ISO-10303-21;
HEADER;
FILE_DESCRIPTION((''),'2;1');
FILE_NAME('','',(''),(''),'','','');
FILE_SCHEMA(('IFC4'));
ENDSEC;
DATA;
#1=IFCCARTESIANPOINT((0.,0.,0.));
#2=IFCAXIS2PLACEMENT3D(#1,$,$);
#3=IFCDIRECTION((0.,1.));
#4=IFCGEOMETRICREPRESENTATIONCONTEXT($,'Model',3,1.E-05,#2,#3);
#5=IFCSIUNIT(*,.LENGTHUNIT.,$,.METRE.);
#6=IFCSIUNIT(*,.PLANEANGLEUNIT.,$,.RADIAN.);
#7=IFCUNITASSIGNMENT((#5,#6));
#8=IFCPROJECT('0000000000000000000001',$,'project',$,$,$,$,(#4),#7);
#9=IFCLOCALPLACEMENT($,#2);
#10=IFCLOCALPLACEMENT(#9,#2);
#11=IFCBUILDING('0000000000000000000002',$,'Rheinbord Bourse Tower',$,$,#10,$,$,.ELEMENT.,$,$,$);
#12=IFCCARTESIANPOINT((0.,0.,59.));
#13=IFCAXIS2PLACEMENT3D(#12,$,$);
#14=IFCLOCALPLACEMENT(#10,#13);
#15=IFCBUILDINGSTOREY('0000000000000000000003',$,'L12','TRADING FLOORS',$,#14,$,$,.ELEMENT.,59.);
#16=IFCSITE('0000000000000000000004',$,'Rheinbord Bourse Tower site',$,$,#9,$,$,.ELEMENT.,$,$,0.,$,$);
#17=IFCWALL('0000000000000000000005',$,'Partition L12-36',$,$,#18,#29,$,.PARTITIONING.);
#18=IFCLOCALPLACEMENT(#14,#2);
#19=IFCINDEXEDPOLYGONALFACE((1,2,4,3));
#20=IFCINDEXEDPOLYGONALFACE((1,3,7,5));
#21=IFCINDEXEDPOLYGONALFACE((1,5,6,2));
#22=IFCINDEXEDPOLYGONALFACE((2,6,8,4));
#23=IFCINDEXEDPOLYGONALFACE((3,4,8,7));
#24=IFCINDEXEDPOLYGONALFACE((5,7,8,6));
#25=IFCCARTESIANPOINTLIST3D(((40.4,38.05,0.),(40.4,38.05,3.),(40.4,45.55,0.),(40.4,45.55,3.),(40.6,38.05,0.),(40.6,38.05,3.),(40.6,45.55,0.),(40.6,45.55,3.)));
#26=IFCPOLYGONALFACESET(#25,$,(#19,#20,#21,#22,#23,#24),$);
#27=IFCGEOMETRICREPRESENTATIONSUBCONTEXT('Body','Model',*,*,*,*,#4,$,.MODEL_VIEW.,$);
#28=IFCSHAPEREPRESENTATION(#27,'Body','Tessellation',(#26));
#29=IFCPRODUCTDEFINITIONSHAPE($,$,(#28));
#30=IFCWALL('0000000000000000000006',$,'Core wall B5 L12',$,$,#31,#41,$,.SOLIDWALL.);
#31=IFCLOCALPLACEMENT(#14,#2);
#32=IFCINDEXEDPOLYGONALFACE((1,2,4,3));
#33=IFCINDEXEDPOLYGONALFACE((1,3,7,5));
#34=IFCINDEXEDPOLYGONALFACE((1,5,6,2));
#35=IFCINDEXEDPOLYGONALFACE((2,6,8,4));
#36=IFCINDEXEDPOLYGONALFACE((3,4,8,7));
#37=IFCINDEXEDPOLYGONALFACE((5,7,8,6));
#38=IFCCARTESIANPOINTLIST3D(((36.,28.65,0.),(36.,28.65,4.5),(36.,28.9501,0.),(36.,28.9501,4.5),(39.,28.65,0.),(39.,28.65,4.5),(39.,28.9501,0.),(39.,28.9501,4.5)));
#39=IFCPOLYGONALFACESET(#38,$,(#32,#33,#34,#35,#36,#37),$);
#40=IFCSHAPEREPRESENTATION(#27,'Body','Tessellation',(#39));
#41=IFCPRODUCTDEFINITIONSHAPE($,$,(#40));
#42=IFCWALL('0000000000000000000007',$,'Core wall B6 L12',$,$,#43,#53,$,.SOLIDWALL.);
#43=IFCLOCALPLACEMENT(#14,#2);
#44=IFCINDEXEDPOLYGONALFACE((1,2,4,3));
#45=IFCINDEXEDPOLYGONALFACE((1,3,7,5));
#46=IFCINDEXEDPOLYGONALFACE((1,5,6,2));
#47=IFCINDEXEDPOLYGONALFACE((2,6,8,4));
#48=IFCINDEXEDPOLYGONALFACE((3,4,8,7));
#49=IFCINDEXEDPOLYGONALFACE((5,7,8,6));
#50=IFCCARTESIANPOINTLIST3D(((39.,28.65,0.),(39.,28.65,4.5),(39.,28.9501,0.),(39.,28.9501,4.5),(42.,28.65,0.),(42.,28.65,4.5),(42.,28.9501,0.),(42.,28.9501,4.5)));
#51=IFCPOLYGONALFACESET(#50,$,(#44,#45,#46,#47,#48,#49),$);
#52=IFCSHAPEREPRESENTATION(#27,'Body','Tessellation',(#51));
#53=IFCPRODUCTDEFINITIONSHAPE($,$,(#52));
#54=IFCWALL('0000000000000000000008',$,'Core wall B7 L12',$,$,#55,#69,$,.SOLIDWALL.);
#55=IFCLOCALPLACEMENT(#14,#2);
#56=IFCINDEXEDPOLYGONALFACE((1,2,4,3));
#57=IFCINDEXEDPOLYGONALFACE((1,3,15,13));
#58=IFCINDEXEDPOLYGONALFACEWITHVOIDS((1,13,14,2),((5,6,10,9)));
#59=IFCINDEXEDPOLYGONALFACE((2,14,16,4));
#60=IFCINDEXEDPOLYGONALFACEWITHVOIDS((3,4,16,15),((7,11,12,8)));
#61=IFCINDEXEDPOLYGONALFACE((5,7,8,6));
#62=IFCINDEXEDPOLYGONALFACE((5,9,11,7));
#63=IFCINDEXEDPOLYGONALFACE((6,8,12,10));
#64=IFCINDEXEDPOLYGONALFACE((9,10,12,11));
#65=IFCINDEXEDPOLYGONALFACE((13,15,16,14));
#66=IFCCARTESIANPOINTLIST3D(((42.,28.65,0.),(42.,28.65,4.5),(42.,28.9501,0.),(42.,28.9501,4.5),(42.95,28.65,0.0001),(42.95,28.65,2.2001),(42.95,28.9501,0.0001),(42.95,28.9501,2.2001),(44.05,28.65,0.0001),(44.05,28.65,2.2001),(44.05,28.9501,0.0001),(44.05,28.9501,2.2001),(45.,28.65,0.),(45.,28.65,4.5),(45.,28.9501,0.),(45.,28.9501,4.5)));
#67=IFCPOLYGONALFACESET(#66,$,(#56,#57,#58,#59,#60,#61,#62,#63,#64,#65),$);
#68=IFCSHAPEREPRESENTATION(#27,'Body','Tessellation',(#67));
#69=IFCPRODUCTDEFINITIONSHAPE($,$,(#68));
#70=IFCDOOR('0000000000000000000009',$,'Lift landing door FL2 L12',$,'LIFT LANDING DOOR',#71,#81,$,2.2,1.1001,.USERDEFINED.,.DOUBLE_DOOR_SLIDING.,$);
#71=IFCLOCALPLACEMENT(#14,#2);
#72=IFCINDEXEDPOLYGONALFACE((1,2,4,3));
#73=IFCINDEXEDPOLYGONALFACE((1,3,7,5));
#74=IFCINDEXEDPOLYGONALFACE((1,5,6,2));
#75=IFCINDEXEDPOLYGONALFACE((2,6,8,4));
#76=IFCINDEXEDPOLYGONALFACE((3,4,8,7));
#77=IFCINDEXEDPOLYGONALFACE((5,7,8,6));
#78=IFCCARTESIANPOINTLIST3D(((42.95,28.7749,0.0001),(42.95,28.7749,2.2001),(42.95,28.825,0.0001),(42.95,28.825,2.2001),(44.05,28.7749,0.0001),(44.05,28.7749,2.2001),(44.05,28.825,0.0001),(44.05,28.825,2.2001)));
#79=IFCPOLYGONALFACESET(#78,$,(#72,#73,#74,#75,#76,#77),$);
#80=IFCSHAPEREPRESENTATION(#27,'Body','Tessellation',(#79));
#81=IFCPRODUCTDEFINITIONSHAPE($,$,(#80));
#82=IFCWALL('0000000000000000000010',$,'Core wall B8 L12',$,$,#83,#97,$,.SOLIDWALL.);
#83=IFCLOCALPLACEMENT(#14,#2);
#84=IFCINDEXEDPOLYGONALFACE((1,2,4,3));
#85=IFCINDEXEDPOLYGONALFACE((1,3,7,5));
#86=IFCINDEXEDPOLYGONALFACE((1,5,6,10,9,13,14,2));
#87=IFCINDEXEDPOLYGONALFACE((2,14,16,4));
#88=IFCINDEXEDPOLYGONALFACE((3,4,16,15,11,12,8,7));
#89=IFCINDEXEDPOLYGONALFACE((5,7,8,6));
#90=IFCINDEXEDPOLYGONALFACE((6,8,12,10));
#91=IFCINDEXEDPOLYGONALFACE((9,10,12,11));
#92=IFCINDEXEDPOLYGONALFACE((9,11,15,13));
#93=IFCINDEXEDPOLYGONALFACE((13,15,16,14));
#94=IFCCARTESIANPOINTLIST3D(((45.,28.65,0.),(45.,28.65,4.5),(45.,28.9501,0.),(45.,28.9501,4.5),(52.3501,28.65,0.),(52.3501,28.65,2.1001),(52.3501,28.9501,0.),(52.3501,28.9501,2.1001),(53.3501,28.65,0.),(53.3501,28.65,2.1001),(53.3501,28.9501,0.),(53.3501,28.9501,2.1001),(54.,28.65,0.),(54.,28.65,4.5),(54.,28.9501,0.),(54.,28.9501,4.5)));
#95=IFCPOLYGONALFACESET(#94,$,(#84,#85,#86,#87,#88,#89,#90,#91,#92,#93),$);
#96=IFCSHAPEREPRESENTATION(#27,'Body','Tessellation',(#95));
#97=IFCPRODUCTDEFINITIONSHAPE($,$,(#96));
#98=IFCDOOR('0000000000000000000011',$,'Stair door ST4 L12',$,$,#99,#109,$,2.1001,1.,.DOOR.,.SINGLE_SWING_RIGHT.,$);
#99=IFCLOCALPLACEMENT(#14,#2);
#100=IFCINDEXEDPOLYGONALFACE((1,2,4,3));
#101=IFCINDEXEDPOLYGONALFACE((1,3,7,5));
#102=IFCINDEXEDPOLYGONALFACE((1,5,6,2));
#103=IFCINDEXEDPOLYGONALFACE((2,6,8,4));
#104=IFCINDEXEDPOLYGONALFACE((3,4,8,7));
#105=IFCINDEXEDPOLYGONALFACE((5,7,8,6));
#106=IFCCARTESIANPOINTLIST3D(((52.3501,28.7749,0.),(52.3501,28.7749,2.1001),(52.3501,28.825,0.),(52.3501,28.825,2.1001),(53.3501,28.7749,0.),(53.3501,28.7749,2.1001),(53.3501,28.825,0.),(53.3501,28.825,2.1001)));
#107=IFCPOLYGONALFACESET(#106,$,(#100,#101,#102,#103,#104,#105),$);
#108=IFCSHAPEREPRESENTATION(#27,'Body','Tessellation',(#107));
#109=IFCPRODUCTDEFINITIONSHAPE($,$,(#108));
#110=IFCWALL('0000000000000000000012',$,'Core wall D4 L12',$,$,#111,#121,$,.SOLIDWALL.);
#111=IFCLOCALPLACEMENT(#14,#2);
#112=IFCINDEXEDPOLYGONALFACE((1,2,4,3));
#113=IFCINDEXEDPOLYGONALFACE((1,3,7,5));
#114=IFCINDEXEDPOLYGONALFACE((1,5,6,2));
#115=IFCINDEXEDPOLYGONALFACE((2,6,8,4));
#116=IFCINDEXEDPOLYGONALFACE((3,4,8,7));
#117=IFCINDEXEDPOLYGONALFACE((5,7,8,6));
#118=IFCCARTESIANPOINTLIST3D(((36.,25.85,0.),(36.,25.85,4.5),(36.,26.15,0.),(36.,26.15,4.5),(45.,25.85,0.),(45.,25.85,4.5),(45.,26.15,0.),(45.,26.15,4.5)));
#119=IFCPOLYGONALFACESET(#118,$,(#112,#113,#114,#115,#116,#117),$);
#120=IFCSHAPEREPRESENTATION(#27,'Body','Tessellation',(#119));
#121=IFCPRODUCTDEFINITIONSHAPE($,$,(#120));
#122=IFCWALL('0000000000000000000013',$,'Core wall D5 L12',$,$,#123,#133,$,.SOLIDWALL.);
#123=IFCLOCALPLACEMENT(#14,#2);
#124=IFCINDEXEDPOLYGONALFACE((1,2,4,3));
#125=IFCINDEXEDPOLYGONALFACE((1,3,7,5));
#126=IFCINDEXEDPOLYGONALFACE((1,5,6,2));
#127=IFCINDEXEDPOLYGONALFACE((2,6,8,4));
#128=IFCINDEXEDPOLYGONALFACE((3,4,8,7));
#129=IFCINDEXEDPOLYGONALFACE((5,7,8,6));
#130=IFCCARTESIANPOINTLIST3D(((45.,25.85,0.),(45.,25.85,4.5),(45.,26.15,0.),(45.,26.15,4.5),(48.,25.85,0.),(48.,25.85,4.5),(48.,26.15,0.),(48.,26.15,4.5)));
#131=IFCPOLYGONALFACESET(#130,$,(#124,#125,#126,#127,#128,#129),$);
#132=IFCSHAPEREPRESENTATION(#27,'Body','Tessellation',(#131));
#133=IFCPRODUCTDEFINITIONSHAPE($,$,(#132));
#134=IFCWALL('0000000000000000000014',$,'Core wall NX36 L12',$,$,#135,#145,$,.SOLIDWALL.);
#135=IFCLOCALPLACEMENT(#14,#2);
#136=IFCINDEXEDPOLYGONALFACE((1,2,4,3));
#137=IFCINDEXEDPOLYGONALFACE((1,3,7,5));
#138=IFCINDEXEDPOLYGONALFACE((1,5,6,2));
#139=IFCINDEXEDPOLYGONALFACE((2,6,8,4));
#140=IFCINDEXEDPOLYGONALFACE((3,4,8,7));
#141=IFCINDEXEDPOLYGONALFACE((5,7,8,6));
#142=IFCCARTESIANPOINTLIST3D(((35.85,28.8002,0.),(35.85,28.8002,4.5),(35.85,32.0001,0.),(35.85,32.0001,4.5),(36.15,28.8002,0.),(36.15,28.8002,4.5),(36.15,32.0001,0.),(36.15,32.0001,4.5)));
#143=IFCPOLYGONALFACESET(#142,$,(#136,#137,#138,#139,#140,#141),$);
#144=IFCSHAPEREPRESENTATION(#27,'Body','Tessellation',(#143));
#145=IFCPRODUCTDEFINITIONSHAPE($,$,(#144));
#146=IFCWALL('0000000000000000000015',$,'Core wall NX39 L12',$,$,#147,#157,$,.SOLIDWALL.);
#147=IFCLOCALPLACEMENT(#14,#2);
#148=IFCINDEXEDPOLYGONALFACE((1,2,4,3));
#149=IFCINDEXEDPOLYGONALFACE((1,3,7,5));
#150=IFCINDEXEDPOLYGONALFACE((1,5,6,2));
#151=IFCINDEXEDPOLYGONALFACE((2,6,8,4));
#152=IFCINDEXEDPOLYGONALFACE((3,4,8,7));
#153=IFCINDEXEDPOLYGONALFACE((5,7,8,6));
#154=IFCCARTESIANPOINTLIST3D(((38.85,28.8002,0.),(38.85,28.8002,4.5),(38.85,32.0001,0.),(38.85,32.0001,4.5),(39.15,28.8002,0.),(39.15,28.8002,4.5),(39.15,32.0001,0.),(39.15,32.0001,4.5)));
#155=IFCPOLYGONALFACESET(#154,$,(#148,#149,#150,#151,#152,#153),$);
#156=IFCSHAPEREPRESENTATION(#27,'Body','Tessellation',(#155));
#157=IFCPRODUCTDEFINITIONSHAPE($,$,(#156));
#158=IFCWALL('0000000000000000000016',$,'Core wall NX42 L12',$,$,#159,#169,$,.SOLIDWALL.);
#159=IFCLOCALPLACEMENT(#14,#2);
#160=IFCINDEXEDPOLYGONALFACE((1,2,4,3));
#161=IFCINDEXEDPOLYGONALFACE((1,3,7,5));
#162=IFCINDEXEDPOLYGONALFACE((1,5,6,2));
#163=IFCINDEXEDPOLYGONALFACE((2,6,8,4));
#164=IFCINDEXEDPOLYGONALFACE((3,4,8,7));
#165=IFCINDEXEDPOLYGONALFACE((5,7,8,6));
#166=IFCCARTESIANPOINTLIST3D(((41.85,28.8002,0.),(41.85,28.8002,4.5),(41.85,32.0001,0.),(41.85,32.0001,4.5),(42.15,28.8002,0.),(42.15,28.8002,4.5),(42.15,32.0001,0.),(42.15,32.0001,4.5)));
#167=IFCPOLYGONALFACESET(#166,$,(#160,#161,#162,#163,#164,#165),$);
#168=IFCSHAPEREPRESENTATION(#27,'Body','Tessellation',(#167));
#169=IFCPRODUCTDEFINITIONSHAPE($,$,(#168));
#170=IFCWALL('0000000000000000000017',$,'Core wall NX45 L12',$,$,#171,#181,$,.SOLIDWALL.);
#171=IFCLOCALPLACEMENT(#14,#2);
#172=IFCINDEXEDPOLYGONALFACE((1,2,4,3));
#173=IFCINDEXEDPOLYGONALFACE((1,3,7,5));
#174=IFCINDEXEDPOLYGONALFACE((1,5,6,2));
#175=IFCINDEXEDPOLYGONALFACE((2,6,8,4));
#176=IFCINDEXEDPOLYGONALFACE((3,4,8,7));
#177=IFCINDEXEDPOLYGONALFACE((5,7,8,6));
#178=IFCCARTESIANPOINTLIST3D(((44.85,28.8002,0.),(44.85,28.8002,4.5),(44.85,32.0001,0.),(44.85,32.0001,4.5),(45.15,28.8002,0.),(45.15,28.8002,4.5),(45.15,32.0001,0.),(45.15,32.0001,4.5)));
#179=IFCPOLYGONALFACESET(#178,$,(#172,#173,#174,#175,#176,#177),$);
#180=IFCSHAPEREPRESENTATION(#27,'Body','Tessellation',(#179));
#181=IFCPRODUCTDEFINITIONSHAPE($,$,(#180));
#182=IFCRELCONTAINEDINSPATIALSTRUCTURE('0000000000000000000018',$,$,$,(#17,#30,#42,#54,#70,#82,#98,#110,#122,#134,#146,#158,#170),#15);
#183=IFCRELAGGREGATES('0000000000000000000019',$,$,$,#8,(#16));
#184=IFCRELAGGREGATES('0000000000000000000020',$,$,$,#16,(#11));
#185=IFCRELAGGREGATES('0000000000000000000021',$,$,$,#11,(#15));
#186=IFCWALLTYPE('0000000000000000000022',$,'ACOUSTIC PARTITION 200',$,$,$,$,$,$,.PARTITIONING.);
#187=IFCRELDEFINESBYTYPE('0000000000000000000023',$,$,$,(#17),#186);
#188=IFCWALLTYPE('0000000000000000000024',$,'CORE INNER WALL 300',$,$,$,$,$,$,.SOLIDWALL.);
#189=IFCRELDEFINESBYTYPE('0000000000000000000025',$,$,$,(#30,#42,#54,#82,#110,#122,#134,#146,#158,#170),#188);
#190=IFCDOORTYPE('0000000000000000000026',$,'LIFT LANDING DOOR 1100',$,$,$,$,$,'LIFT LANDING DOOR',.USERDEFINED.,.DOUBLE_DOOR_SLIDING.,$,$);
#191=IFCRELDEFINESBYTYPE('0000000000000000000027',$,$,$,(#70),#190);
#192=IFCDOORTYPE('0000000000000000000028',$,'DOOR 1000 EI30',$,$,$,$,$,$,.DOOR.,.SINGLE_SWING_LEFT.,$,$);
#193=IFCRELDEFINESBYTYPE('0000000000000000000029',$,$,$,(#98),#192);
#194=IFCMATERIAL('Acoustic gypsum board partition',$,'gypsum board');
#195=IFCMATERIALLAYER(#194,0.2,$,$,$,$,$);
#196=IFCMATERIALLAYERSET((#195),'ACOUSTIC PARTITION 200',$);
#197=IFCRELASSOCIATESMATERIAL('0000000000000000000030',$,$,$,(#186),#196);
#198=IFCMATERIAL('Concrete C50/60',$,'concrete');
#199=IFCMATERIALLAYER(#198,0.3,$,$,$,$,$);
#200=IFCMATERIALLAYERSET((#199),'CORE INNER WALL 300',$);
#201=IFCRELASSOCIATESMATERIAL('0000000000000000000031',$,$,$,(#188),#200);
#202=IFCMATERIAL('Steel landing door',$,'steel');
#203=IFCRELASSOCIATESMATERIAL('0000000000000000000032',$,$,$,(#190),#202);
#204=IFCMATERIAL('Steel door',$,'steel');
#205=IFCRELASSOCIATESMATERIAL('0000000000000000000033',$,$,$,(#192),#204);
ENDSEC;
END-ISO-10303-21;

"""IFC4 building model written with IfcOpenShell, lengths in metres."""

from ifc_helpers import new_model, si_unit, direction, frame, frame_2d, origin, place, context, subcontext, project, spatial, rectangle, extrude, material, layer, layer_set, type_object, element, fill, save


model = new_model("IFC4")

# Units and contexts
model_context = context("Model", 3, precision=1e-05, world=origin(), true_north=direction((0.0, 1.0)))
body_context = subcontext(model_context, "Body", "Model", "MODEL_VIEW")
ifc_project = project(units=[si_unit("LENGTHUNIT", "METRE"), si_unit("PLANEANGLEUNIT", "RADIAN")], contexts=[model_context])

# Site, building, storey
site_placement = place(None, origin())
site = spatial("IfcSite", under=ifc_project, at=site_placement, Name="Rheinbord Bourse Tower site", CompositionType="ELEMENT", RefElevation=0.0)
building_placement = place(site_placement, origin())
building = spatial("IfcBuilding", under=site, at=building_placement, Name="Rheinbord Bourse Tower", CompositionType="ELEMENT")
storey_placement = place(building_placement, frame((0.0, 0.0, 59.0)))
storey = spatial("IfcBuildingStorey", under=building, at=storey_placement, Name="L12", Description="TRADING FLOORS", CompositionType="ELEMENT", Elevation=59.0)

# Walls
ifc_material_1 = material(Name="Acoustic gypsum board partition", Category="gypsum board")
ifc_layer_1 = layer(ifc_material_1, 0.2)
ifc_layer_set_1 = layer_set([ifc_layer_1], Name="ACOUSTIC PARTITION 200")
wall_type_1 = type_object("IfcWallType", Name="ACOUSTIC PARTITION 200", PredefinedType="PARTITIONING", material=ifc_layer_set_1)
wall_1_placement = place(storey_placement, frame((40.5, 38.05, 0.0), z_axis=(0.0, 0.0, 1.0), x_axis=(0.0, 1.0, 0.0)))
element("IfcWall", 1, at=wall_1_placement, inside=storey, type_object=wall_type_1, Name="Partition L12-36", PredefinedType="PARTITIONING", context=body_context, shape_type="SweptSolid", body=[
    extrude(rectangle(XDim=7.5, YDim=0.2, at=frame_2d((3.75, 0.0))), origin(), (0.0, 0.0, 1.0), 3.0),
])
ifc_material_2 = material(Name="Concrete C50/60", Category="concrete")
ifc_layer_2 = layer(ifc_material_2, 0.3)
ifc_layer_set_2 = layer_set([ifc_layer_2], Name="CORE INNER WALL 300")
wall_type_2 = type_object("IfcWallType", Name="CORE INNER WALL 300", PredefinedType="SOLIDWALL", material=ifc_layer_set_2)
for number, where, z_axis, x_axis, name in (
    (2, (36.0, 28.8, 0.0), (0.0, 0.0, 1.0), (1.0, 0.0, 0.0), "Core wall B5 L12"),
    (3, (39.0, 28.8, 0.0), (0.0, 0.0, 1.0), (1.0, 0.0, 0.0), "Core wall B6 L12"),
):
    element("IfcWall", number, at=place(storey_placement, frame(where, z_axis=z_axis, x_axis=x_axis)), inside=storey, type_object=wall_type_2, Name=name, PredefinedType="SOLIDWALL", context=body_context, shape_type="SweptSolid", body=[
        extrude(rectangle(XDim=3.0, YDim=0.3, at=frame_2d((1.5, 0.0))), origin(), (0.0, 0.0, 1.0), 4.5),
    ])

# Walls, openings, doors
wall_2_placement = place(storey_placement, frame((42.0, 28.8, 0.0), z_axis=(0.0, 0.0, 1.0), x_axis=(1.0, 0.0, 0.0)))
wall_2 = element("IfcWall", 4, at=wall_2_placement, inside=storey, type_object=wall_type_2, Name="Core wall B7 L12", PredefinedType="SOLIDWALL", context=body_context, shape_type="SweptSolid", body=[
    extrude(rectangle(XDim=3.0, YDim=0.3, at=frame_2d((1.5, 0.0))), origin(), (0.0, 0.0, 1.0), 4.5),
])
opening_1_placement = place(wall_2_placement, frame((0.95, 0.0, 0.0)))
opening_1 = element("IfcOpeningElement", 5, at=opening_1_placement, cuts=wall_2, PredefinedType="OPENING", context=body_context, shape_type="SweptSolid", body=[
    extrude(rectangle(XDim=1.1001, YDim=2.2, at=frame_2d((0.55, 1.1001))), frame((0.0, 0.1599, 0.0), z_axis=(0.0, -1.0, 0.0), x_axis=(1.0, 0.0, 0.0)), (0.0, 0.0, 1.0), 0.3201),
])
ifc_material_3 = material(Name="Steel landing door", Category="steel")
door_type_1 = type_object("IfcDoorType", Name="LIFT LANDING DOOR 1100", ElementType="LIFT LANDING DOOR", OperationType="DOUBLE_DOOR_SLIDING", PredefinedType="USERDEFINED", material=ifc_material_3)
door_1_placement = place(opening_1_placement, origin())
door_1 = element("IfcDoor", 6, at=door_1_placement, inside=storey, type_object=door_type_1, Name="Lift landing door FL2 L12", ObjectType="LIFT LANDING DOOR", OperationType="DOUBLE_DOOR_SLIDING", OverallHeight=2.2, OverallWidth=1.1001, PredefinedType="USERDEFINED", context=body_context, shape_type="SweptSolid", body=[
    extrude(rectangle(XDim=1.1001, YDim=2.2, at=frame_2d((0.55, 1.1001))), frame((0.0, 0.0249, 0.0), z_axis=(0.0, -1.0, 0.0), x_axis=(1.0, 0.0, 0.0)), (0.0, 0.0, 1.0), 0.05),
])
fill(opening_1, door_1)
wall_3_placement = place(storey_placement, frame((45.0, 28.8, 0.0), z_axis=(0.0, 0.0, 1.0), x_axis=(1.0, 0.0, 0.0)))
wall_3 = element("IfcWall", 7, at=wall_3_placement, inside=storey, type_object=wall_type_2, Name="Core wall B8 L12", PredefinedType="SOLIDWALL", context=body_context, shape_type="SweptSolid", body=[
    extrude(rectangle(XDim=9.0, YDim=0.3, at=frame_2d((4.5, 0.0))), origin(), (0.0, 0.0, 1.0), 4.5),
])
opening_2_placement = place(wall_3_placement, frame((7.3501, 0.0, 0.0)))
opening_2 = element("IfcOpeningElement", 8, at=opening_2_placement, cuts=wall_3, PredefinedType="OPENING", context=body_context, shape_type="SweptSolid", body=[
    extrude(rectangle(XDim=1.0, YDim=2.1001, at=frame_2d((0.5, 1.05))), frame((0.0, 0.1599, 0.0), z_axis=(0.0, -1.0, 0.0), x_axis=(1.0, 0.0, 0.0)), (0.0, 0.0, 1.0), 0.3201),
])
ifc_material_4 = material(Name="Steel door", Category="steel")
door_type_2 = type_object("IfcDoorType", Name="DOOR 1000 EI30", OperationType="SINGLE_SWING_LEFT", PredefinedType="DOOR", material=ifc_material_4)
door_2_placement = place(opening_2_placement, origin())
door_2 = element("IfcDoor", 9, at=door_2_placement, inside=storey, type_object=door_type_2, Name="Stair door ST4 L12", OperationType="SINGLE_SWING_RIGHT", OverallHeight=2.1001, OverallWidth=1.0, PredefinedType="DOOR", context=body_context, shape_type="SweptSolid", body=[
    extrude(rectangle(XDim=1.0, YDim=2.1001, at=frame_2d((0.5, 1.05))), frame((0.0, 0.0249, 0.0), z_axis=(0.0, -1.0, 0.0), x_axis=(1.0, 0.0, 0.0)), (0.0, 0.0, 1.0), 0.05),
])
fill(opening_2, door_2)

# Walls
wall_4_placement = place(storey_placement, frame((36.0, 26.0, 0.0), z_axis=(0.0, 0.0, 1.0), x_axis=(1.0, 0.0, 0.0)))
element("IfcWall", 10, at=wall_4_placement, inside=storey, type_object=wall_type_2, Name="Core wall D4 L12", PredefinedType="SOLIDWALL", context=body_context, shape_type="SweptSolid", body=[
    extrude(rectangle(XDim=9.0, YDim=0.3, at=frame_2d((4.5, 0.0))), origin(), (0.0, 0.0, 1.0), 4.5),
])
wall_5_placement = place(storey_placement, frame((45.0, 26.0, 0.0), z_axis=(0.0, 0.0, 1.0), x_axis=(1.0, 0.0, 0.0)))
element("IfcWall", 11, at=wall_5_placement, inside=storey, type_object=wall_type_2, Name="Core wall D5 L12", PredefinedType="SOLIDWALL", context=body_context, shape_type="SweptSolid", body=[
    extrude(rectangle(XDim=3.0, YDim=0.3, at=frame_2d((1.5, 0.0))), origin(), (0.0, 0.0, 1.0), 4.5),
])
for number, where, z_axis, x_axis, name in (
    (12, (36.0, 28.8, 0.0), (0.0, 0.0, 1.0), (0.0, 1.0, 0.0), "Core wall NX36 L12"),
    (13, (39.0, 28.8, 0.0), (0.0, 0.0, 1.0), (0.0, 1.0, 0.0), "Core wall NX39 L12"),
    (14, (42.0, 28.8, 0.0), (0.0, 0.0, 1.0), (0.0, 1.0, 0.0), "Core wall NX42 L12"),
    (15, (45.0, 28.8, 0.0), (0.0, 0.0, 1.0), (0.0, 1.0, 0.0), "Core wall NX45 L12"),
):
    element("IfcWall", number, at=place(storey_placement, frame(where, z_axis=z_axis, x_axis=x_axis)), inside=storey, type_object=wall_type_2, Name=name, PredefinedType="SOLIDWALL", context=body_context, shape_type="SweptSolid", body=[
        extrude(rectangle(XDim=3.2, YDim=0.3, at=frame_2d((1.6001, 0.0))), origin(), (0.0, 0.0, 1.0), 4.5),
    ])

save(model, "model.ifc")
